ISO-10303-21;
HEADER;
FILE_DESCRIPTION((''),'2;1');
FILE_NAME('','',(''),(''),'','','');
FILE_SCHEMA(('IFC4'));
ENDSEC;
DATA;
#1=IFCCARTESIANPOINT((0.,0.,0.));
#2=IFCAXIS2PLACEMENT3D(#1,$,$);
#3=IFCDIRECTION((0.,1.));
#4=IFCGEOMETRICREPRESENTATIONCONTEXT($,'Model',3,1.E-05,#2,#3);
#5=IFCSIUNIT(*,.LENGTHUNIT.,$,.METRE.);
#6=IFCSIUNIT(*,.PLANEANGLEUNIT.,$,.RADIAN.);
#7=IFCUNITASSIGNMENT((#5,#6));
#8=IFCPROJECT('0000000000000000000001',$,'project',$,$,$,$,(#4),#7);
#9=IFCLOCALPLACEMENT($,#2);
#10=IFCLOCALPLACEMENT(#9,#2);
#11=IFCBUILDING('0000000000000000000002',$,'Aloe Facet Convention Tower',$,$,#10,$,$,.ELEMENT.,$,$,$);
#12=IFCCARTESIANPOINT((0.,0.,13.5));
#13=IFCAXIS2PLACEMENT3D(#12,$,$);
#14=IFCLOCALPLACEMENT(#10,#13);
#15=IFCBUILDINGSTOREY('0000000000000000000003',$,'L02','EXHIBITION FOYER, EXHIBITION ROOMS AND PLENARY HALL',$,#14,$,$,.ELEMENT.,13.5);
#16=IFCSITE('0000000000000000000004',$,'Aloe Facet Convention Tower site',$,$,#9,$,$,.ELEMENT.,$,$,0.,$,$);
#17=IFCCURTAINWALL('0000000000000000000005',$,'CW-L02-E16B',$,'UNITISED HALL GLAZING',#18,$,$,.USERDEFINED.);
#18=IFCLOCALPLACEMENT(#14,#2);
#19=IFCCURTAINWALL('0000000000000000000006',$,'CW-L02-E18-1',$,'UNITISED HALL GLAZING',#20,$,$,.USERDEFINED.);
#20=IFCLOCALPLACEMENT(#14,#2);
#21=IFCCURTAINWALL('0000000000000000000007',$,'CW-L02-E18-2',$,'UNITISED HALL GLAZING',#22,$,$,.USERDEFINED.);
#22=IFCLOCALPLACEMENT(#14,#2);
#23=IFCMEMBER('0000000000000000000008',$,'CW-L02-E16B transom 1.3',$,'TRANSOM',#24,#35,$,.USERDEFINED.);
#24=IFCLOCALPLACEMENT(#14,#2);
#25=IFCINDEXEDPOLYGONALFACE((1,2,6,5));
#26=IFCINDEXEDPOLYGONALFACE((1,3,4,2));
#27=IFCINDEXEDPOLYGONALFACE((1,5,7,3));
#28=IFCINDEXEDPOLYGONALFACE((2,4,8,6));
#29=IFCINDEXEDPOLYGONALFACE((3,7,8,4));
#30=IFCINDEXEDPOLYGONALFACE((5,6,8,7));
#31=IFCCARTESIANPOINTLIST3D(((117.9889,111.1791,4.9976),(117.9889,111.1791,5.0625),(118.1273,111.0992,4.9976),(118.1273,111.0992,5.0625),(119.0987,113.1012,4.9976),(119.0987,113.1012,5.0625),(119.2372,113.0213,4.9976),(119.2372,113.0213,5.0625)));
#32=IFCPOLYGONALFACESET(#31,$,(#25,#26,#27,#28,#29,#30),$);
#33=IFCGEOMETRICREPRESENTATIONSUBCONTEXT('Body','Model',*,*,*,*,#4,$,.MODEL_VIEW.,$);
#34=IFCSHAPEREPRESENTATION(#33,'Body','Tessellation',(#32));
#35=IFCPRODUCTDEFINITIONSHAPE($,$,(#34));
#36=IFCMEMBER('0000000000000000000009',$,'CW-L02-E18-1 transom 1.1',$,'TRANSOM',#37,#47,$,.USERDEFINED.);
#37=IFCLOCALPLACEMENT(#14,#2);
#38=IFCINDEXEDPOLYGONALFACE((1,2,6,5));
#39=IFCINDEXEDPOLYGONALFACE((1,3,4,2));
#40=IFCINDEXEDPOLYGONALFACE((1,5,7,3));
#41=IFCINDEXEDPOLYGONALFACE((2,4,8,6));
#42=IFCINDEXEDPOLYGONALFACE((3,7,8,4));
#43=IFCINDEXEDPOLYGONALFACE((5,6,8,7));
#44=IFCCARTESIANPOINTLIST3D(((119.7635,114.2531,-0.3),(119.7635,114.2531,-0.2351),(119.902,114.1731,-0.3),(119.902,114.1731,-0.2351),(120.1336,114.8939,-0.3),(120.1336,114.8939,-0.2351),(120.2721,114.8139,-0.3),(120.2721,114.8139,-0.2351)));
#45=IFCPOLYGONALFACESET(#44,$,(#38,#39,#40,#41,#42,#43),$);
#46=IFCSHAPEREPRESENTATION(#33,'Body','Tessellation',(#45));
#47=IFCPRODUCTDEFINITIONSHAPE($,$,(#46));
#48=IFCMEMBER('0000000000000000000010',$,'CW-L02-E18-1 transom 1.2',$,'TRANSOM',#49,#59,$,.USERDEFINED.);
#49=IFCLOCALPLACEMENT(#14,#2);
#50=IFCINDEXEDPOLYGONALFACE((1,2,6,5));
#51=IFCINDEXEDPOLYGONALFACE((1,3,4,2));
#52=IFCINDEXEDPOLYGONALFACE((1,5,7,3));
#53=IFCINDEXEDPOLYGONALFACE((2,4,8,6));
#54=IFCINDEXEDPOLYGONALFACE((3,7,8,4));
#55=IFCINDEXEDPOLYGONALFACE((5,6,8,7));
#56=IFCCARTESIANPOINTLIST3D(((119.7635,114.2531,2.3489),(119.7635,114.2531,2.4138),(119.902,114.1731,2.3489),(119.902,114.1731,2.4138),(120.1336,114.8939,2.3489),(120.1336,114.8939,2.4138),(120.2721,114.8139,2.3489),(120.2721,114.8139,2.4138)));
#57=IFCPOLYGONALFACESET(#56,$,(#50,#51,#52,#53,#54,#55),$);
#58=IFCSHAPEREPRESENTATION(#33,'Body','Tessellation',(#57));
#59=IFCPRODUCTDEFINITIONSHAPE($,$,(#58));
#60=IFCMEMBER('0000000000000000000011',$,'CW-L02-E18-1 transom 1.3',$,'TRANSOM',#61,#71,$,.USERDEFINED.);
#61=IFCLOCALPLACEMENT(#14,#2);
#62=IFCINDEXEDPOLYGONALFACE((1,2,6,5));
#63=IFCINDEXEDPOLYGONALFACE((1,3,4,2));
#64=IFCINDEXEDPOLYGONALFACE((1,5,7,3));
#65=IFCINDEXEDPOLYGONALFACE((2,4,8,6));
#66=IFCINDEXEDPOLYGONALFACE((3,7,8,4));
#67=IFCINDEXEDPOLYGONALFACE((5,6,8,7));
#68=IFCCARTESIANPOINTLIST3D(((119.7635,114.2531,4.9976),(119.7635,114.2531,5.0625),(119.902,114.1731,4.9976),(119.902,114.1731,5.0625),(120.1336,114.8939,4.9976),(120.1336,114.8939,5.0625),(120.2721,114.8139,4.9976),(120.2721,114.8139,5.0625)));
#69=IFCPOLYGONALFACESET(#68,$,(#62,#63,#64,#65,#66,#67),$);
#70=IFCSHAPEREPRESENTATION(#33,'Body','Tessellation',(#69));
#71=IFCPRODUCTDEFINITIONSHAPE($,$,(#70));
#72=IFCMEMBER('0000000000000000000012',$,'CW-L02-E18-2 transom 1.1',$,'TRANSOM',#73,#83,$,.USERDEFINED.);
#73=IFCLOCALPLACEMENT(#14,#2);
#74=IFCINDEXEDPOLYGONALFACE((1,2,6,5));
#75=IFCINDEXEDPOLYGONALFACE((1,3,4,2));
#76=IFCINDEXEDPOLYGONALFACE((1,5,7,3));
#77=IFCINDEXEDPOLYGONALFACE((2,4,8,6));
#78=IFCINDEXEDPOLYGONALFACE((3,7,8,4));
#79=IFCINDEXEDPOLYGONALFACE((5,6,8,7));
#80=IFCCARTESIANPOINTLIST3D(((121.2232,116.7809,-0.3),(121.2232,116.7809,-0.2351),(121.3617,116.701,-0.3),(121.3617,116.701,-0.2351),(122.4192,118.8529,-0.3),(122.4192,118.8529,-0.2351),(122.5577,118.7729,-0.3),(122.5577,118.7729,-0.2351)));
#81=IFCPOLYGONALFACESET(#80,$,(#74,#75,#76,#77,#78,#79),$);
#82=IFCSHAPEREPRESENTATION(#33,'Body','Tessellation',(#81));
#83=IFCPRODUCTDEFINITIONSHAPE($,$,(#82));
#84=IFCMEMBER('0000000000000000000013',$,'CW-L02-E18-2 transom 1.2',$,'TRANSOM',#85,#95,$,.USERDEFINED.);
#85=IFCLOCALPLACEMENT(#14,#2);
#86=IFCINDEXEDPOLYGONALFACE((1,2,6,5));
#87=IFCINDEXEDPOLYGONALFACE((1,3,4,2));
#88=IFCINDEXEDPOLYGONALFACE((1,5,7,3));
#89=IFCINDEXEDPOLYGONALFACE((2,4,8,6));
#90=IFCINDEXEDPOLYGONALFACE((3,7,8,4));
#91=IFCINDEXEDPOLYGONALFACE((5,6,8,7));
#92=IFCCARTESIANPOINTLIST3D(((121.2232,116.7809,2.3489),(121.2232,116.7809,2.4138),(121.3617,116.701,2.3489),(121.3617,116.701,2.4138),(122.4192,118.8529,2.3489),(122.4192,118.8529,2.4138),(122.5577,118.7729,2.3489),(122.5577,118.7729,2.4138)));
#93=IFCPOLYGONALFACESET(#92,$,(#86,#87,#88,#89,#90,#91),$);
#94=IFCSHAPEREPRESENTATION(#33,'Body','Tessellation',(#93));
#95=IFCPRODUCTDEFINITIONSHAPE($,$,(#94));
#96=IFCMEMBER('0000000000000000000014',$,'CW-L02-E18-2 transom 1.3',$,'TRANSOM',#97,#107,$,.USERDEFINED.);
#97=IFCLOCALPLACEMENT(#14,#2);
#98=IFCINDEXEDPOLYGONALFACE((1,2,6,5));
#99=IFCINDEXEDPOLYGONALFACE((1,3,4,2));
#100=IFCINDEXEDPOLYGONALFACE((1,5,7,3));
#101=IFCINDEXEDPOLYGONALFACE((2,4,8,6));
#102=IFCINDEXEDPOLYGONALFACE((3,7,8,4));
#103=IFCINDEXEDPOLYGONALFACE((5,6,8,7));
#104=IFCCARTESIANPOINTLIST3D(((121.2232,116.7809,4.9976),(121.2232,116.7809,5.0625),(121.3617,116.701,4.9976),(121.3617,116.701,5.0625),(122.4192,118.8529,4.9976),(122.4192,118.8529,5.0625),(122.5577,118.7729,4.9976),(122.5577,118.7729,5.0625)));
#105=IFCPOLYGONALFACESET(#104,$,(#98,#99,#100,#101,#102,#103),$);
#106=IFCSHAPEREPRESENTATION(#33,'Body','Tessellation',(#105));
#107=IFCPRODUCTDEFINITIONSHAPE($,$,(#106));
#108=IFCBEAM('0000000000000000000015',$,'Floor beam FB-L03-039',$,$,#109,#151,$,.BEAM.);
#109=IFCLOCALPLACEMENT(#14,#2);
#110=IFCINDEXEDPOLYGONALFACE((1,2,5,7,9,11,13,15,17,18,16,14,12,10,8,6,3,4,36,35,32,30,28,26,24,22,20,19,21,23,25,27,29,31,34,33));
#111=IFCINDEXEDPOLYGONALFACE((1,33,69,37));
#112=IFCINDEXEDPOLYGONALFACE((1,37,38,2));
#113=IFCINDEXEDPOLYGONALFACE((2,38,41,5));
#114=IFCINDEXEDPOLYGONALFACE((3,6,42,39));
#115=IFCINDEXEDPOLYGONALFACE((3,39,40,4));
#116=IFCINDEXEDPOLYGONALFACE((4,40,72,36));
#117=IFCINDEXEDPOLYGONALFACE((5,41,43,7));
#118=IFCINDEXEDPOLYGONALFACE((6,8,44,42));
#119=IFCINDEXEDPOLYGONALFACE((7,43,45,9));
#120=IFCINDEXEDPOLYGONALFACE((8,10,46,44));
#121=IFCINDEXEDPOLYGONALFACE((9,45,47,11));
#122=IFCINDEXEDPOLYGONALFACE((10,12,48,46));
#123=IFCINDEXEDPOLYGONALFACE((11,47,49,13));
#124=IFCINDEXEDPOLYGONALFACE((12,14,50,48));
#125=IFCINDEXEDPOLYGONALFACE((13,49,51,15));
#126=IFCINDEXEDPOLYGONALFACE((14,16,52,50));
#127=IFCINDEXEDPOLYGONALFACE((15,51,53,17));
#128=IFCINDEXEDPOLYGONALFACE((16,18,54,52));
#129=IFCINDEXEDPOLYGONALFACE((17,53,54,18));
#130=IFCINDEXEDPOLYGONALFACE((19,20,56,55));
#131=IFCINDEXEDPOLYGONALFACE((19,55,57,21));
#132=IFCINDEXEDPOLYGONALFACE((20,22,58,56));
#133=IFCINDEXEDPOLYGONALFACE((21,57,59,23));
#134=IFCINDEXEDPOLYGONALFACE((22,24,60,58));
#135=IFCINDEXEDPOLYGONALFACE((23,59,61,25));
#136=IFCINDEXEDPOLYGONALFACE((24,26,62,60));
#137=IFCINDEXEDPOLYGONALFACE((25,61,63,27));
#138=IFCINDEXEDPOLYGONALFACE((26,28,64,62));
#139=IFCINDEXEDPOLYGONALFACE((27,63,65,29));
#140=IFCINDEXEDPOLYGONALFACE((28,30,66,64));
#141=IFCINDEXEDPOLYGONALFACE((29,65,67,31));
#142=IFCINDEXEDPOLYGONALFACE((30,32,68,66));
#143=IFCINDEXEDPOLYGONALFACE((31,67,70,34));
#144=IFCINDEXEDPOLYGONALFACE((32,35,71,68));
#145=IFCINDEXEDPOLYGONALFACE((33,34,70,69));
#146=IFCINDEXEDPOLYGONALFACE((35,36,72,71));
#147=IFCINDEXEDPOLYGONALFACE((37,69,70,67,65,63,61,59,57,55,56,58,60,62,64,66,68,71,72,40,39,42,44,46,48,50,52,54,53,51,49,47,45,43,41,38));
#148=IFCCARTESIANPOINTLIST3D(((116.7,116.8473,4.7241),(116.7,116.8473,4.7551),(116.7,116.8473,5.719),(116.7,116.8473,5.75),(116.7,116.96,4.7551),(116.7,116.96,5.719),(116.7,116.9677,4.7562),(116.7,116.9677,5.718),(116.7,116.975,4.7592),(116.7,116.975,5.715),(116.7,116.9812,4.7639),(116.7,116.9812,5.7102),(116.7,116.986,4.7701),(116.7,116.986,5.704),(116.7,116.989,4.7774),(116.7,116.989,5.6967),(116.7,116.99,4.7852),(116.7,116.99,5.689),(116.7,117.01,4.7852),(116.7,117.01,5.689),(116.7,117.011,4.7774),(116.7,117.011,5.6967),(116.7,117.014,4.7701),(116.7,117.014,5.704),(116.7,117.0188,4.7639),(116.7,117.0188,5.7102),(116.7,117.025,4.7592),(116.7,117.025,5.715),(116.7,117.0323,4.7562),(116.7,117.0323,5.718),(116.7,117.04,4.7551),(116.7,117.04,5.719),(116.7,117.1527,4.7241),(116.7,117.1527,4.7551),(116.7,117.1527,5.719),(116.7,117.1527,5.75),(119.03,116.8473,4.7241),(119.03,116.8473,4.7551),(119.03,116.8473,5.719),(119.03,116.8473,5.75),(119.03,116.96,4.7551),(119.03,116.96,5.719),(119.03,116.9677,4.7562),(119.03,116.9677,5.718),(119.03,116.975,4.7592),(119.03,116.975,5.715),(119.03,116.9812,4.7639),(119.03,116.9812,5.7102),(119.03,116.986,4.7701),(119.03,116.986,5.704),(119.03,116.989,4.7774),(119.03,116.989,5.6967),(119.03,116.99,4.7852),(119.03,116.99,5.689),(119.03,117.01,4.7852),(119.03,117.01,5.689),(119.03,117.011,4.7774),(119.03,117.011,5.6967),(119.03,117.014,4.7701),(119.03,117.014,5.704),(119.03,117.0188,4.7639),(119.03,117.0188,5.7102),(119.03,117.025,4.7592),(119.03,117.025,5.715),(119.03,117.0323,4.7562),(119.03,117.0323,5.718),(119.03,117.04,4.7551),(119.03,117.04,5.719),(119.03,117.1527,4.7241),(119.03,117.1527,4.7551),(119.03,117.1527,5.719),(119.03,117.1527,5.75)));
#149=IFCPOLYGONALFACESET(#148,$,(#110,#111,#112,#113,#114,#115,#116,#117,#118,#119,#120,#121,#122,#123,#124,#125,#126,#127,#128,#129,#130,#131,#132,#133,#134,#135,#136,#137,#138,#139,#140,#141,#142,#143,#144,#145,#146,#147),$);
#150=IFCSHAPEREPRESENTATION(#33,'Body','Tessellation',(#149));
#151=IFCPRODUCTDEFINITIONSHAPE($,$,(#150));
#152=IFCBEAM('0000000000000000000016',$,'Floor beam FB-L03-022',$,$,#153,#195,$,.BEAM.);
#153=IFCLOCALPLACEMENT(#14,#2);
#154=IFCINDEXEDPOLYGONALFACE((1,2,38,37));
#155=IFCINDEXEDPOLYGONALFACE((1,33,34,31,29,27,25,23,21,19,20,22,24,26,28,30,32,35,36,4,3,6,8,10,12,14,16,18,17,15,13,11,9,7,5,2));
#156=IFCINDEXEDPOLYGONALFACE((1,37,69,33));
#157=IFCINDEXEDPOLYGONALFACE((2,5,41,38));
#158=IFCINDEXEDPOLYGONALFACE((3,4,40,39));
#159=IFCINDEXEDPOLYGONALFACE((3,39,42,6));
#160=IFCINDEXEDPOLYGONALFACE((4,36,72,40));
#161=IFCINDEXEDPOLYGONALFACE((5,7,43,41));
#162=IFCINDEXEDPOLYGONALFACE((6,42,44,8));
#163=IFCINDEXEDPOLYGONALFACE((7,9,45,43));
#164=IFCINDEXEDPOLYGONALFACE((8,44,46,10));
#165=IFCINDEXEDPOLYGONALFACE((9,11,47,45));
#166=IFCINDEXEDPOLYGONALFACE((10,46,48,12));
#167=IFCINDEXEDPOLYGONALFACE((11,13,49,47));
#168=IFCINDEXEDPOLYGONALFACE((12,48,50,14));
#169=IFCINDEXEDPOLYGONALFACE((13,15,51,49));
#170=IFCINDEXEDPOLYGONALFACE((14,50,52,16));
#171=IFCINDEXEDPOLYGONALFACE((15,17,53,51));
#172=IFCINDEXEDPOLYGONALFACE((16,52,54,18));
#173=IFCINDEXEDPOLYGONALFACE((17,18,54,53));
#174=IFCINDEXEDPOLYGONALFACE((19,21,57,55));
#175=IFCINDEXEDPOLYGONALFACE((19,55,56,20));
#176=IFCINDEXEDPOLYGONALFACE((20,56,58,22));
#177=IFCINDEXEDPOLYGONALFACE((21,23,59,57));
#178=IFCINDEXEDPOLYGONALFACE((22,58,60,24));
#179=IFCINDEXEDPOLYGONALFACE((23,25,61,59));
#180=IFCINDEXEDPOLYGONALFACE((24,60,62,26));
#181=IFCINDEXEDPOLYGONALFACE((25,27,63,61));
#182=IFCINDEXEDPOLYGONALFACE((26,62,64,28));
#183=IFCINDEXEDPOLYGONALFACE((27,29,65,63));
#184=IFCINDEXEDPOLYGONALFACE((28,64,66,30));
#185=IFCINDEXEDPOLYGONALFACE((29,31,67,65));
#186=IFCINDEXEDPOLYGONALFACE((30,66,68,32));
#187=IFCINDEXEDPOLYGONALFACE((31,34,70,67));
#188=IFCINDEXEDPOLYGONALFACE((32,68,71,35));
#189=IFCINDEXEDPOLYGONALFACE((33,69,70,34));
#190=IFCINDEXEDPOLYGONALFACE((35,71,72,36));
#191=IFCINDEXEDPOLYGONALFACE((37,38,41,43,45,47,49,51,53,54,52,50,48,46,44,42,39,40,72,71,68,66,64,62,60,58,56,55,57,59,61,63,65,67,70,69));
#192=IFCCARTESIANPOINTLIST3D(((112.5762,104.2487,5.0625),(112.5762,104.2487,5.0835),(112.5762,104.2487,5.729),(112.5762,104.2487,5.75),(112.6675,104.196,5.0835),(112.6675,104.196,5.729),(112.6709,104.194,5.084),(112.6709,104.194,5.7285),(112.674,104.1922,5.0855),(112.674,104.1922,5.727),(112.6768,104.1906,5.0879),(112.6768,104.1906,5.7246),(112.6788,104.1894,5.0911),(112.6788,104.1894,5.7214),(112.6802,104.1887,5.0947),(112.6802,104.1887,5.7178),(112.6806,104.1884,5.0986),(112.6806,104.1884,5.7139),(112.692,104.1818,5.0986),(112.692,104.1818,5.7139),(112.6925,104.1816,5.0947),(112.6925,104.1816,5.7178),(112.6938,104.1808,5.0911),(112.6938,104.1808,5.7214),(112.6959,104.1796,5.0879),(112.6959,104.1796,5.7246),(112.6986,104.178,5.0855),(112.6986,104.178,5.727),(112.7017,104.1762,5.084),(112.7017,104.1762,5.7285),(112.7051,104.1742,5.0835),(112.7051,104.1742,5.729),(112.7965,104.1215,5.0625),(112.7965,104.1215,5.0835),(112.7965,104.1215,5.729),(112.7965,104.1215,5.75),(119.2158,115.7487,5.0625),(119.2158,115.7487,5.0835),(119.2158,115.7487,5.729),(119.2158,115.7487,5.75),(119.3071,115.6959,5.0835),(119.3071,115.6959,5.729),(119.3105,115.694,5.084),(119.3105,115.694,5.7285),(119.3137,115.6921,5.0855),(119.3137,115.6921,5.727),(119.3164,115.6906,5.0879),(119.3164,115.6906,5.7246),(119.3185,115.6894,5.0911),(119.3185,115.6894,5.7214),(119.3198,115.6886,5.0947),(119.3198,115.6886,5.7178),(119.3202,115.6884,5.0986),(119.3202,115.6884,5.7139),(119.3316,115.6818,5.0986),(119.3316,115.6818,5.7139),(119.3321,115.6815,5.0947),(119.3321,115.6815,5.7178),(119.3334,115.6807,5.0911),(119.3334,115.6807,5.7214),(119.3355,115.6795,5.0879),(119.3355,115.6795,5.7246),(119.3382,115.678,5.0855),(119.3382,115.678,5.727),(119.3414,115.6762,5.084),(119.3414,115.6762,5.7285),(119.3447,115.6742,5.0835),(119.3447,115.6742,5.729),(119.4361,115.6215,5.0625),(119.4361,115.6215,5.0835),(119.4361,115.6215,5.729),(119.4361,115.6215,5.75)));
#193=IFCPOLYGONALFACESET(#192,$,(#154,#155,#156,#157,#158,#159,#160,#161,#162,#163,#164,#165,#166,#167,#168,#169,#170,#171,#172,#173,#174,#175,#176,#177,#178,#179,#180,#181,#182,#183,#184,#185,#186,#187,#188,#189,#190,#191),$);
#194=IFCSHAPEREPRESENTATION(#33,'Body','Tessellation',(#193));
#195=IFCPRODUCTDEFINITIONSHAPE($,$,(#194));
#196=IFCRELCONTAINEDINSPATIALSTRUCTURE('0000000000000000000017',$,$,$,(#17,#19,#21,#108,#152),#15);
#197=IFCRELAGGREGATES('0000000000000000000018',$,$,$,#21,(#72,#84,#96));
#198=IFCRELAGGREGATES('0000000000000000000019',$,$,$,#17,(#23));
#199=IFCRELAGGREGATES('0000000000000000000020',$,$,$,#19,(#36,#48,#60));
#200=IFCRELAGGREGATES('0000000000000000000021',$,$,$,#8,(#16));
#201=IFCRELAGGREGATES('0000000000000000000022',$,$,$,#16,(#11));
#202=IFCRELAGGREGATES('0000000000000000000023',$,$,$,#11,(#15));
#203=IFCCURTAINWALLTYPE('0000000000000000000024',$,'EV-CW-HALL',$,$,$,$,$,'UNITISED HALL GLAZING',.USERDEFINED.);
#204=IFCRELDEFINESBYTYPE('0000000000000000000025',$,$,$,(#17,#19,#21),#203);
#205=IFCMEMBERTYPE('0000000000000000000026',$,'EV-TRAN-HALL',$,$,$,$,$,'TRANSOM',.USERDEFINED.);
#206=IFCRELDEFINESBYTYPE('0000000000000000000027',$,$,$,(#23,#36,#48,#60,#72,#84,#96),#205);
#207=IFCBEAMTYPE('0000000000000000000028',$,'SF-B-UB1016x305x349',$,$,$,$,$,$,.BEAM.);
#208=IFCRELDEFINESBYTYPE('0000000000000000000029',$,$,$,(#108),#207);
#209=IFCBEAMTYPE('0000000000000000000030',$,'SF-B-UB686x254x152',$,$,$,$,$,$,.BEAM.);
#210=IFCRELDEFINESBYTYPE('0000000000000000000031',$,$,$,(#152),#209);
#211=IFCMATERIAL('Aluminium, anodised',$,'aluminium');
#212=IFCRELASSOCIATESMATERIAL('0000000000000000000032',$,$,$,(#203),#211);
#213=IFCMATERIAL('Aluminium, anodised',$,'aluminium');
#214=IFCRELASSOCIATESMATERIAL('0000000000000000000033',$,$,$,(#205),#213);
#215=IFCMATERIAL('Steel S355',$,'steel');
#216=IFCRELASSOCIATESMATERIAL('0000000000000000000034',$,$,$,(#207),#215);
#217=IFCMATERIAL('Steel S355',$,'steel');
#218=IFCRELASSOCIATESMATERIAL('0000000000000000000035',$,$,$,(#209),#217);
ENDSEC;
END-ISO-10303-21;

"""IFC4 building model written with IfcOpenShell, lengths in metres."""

from ifc_helpers import new_model, si_unit, direction, frame, origin, origin_2d, place, context, subcontext, project, spatial, rectangle, i_section, extrude, material, material_profile, profile_set, type_object, element, aggregate, save


model = new_model("IFC4")

# Units and contexts
model_context = context("Model", 3, precision=1e-05, world=origin(), true_north=direction((0.0, 1.0)))
body_context = subcontext(model_context, "Body", "Model", "MODEL_VIEW")
ifc_project = project(units=[si_unit("LENGTHUNIT", "METRE"), si_unit("PLANEANGLEUNIT", "RADIAN")], contexts=[model_context])

# Site, building, storey
site_placement = place(None, origin())
site = spatial("IfcSite", under=ifc_project, at=site_placement, Name="Aloe Facet Convention Tower site", CompositionType="ELEMENT", RefElevation=0.0)
building_placement = place(site_placement, origin())
building = spatial("IfcBuilding", under=site, at=building_placement, Name="Aloe Facet Convention Tower", CompositionType="ELEMENT")
storey_placement = place(building_placement, frame((0.0, 0.0, 13.5)))
storey = spatial("IfcBuildingStorey", under=building, at=storey_placement, Name="L02", Description="EXHIBITION FOYER, EXHIBITION ROOMS AND PLENARY HALL", CompositionType="ELEMENT", Elevation=13.5)

# Shared definitions
ifc_material_1 = material(Name="Aluminium, anodised", Category="aluminium")
curtain_wall_type = type_object("IfcCurtainWallType", Name="EV-CW-HALL", ElementType="UNITISED HALL GLAZING", PredefinedType="USERDEFINED", material=ifc_material_1)

# Curtain walls
curtain_wall_1_placement = place(storey_placement, origin())
curtain_wall_1 = element("IfcCurtainWall", 1, at=curtain_wall_1_placement, inside=storey, type_object=curtain_wall_type, Name="CW-L02-E16B", ObjectType="UNITISED HALL GLAZING", PredefinedType="USERDEFINED")
curtain_wall_2_placement = place(storey_placement, origin())
curtain_wall_2 = element("IfcCurtainWall", 2, at=curtain_wall_2_placement, inside=storey, type_object=curtain_wall_type, Name="CW-L02-E18-1", ObjectType="UNITISED HALL GLAZING", PredefinedType="USERDEFINED")

# Curtain wall
curtain_wall_3_placement = place(storey_placement, origin())
curtain_wall_3 = element("IfcCurtainWall", 3, at=curtain_wall_3_placement, inside=storey, type_object=curtain_wall_type, Name="CW-L02-E18-2", ObjectType="UNITISED HALL GLAZING", PredefinedType="USERDEFINED")

# Members
ifc_material_2 = material(Name="Aluminium, anodised", Category="aluminium")
ifc_material_profile_1 = material_profile(ifc_material_2, rectangle(XDim=0.1599, YDim=0.0649, at=origin_2d()), Name="AL 160x65")
ifc_profile_set_1 = profile_set([ifc_material_profile_1], Name="Aluminium, anodised")
member_type_1 = type_object("IfcMemberType", Name="EV-TRAN-HALL", ElementType="TRANSOM", PredefinedType="USERDEFINED", material=ifc_profile_set_1)
member_1_placement = place(storey_placement, frame((118.0581, 111.1392, 5.03), z_axis=(0.500043, 0.866001, 0.0), x_axis=(-0.866001, 0.500043, 0.0)))
member_1 = element("IfcMember", 4, at=member_1_placement, type_object=member_type_1, Name="CW-L02-E16B transom 1.3", ObjectType="TRANSOM", PredefinedType="USERDEFINED", context=body_context, shape_type="SweptSolid", body=[
    extrude(rectangle(XDim=0.1599, YDim=0.0649, at=origin_2d()), origin(), (0.0, 0.0, 1.0), 2.2195),
])
member_2_placement = place(storey_placement, frame((119.8328, 114.2131, -0.2676), z_axis=(0.500113, 0.86596, 0.0), x_axis=(-0.86596, 0.500113, 0.0)))
member_2 = element("IfcMember", 5, at=member_2_placement, type_object=member_type_1, Name="CW-L02-E18-1 transom 1.1", ObjectType="TRANSOM", PredefinedType="USERDEFINED", context=body_context, shape_type="SweptSolid", body=[
    extrude(rectangle(XDim=0.1599, YDim=0.0649, at=origin_2d()), origin(), (0.0, 0.0, 1.0), 0.74),
])
member_3_placement = place(storey_placement, frame((119.8328, 114.2131, 2.3813), z_axis=(0.500113, 0.86596, 0.0), x_axis=(-0.86596, 0.500113, 0.0)))
member_3 = element("IfcMember", 6, at=member_3_placement, type_object=member_type_1, Name="CW-L02-E18-1 transom 1.2", ObjectType="TRANSOM", PredefinedType="USERDEFINED", context=body_context, shape_type="SweptSolid", body=[
    extrude(rectangle(XDim=0.1599, YDim=0.0649, at=origin_2d()), origin(), (0.0, 0.0, 1.0), 0.74),
])
member_4_placement = place(storey_placement, frame((119.8328, 114.2131, 5.03), z_axis=(0.500113, 0.86596, 0.0), x_axis=(-0.86596, 0.500113, 0.0)))
member_4 = element("IfcMember", 7, at=member_4_placement, type_object=member_type_1, Name="CW-L02-E18-1 transom 1.3", ObjectType="TRANSOM", PredefinedType="USERDEFINED", context=body_context, shape_type="SweptSolid", body=[
    extrude(rectangle(XDim=0.1599, YDim=0.0649, at=origin_2d()), origin(), (0.0, 0.0, 1.0), 0.74),
])
member_5_placement = place(storey_placement, frame((121.2925, 116.741, -0.2676), z_axis=(0.499926, 0.866068, 0.0), x_axis=(-0.866068, 0.499926, 0.0)))
member_5 = element("IfcMember", 8, at=member_5_placement, type_object=member_type_1, Name="CW-L02-E18-2 transom 1.1", ObjectType="TRANSOM", PredefinedType="USERDEFINED", context=body_context, shape_type="SweptSolid", body=[
    extrude(rectangle(XDim=0.1599, YDim=0.0649, at=origin_2d()), origin(), (0.0, 0.0, 1.0), 2.3923),
])
member_6_placement = place(storey_placement, frame((121.2925, 116.741, 2.3813), z_axis=(0.499926, 0.866068, 0.0), x_axis=(-0.866068, 0.499926, 0.0)))
member_6 = element("IfcMember", 9, at=member_6_placement, type_object=member_type_1, Name="CW-L02-E18-2 transom 1.2", ObjectType="TRANSOM", PredefinedType="USERDEFINED", context=body_context, shape_type="SweptSolid", body=[
    extrude(rectangle(XDim=0.1599, YDim=0.0649, at=origin_2d()), origin(), (0.0, 0.0, 1.0), 2.3923),
])
member_7_placement = place(storey_placement, frame((121.2925, 116.741, 5.03), z_axis=(0.499926, 0.866068, 0.0), x_axis=(-0.866068, 0.499926, 0.0)))
member_7 = element("IfcMember", 10, at=member_7_placement, type_object=member_type_1, Name="CW-L02-E18-2 transom 1.3", ObjectType="TRANSOM", PredefinedType="USERDEFINED", context=body_context, shape_type="SweptSolid", body=[
    extrude(rectangle(XDim=0.1599, YDim=0.0649, at=origin_2d()), origin(), (0.0, 0.0, 1.0), 2.3923),
])
aggregate(curtain_wall_3, [member_5, member_6, member_7])

# Beams
ifc_material_3 = material(Name="Steel S355", Category="steel")
ifc_material_profile_2 = material_profile(ifc_material_3, i_section(OverallWidth=0.3054, OverallDepth=1.0259, WebThickness=0.02, FlangeThickness=0.031, FilletRadius=0.03, at=origin_2d()), Name="UB 1016x305x349")
ifc_profile_set_2 = profile_set([ifc_material_profile_2], Name="Steel S355")
beam_type_1 = type_object("IfcBeamType", Name="SF-B-UB1016x305x349", PredefinedType="BEAM", material=ifc_profile_set_2)
beam_1_placement = place(storey_placement, frame((116.7, 117.0, 5.2371), z_axis=(1.0, 0.0, 0.0), x_axis=(0.0, 1.0, 0.0)))
element("IfcBeam", 11, at=beam_1_placement, inside=storey, type_object=beam_type_1, Name="Floor beam FB-L03-039", PredefinedType="BEAM", context=body_context, shape_type="SweptSolid", body=[
    extrude(i_section(OverallWidth=0.3054, OverallDepth=1.0259, WebThickness=0.02, FlangeThickness=0.031, FilletRadius=0.03, at=origin_2d()), origin(), (0.0, 0.0, 1.0), 2.3301),
])
ifc_material_4 = material(Name="Steel S355", Category="steel")
ifc_material_profile_3 = material_profile(ifc_material_4, i_section(OverallWidth=0.2544, OverallDepth=0.6875, WebThickness=0.0132, FlangeThickness=0.021, FilletRadius=0.0151, at=origin_2d()), Name="UB 686x254x152")
ifc_profile_set_3 = profile_set([ifc_material_profile_3], Name="Steel S355")
beam_type_2 = type_object("IfcBeamType", Name="SF-B-UB686x254x152", PredefinedType="BEAM", material=ifc_profile_set_3)
beam_2_placement = place(storey_placement, frame((119.3259, 115.6851, 5.4062), z_axis=(-0.500007, -0.866021, 0.0), x_axis=(0.866021, -0.500007, 0.0)))
element("IfcBeam", 12, at=beam_2_placement, inside=storey, type_object=beam_type_2, Name="Floor beam FB-L03-022", PredefinedType="BEAM", context=body_context, shape_type="SweptSolid", body=[
    extrude(i_section(OverallWidth=0.2544, OverallDepth=0.6875, WebThickness=0.0132, FlangeThickness=0.021, FilletRadius=0.0151, at=origin_2d()), origin(), (0.0, 0.0, 1.0), 13.2791),
])

aggregate(curtain_wall_1, [member_1])
aggregate(curtain_wall_2, [member_2, member_3, member_4])

save(model, "model.ifc")
